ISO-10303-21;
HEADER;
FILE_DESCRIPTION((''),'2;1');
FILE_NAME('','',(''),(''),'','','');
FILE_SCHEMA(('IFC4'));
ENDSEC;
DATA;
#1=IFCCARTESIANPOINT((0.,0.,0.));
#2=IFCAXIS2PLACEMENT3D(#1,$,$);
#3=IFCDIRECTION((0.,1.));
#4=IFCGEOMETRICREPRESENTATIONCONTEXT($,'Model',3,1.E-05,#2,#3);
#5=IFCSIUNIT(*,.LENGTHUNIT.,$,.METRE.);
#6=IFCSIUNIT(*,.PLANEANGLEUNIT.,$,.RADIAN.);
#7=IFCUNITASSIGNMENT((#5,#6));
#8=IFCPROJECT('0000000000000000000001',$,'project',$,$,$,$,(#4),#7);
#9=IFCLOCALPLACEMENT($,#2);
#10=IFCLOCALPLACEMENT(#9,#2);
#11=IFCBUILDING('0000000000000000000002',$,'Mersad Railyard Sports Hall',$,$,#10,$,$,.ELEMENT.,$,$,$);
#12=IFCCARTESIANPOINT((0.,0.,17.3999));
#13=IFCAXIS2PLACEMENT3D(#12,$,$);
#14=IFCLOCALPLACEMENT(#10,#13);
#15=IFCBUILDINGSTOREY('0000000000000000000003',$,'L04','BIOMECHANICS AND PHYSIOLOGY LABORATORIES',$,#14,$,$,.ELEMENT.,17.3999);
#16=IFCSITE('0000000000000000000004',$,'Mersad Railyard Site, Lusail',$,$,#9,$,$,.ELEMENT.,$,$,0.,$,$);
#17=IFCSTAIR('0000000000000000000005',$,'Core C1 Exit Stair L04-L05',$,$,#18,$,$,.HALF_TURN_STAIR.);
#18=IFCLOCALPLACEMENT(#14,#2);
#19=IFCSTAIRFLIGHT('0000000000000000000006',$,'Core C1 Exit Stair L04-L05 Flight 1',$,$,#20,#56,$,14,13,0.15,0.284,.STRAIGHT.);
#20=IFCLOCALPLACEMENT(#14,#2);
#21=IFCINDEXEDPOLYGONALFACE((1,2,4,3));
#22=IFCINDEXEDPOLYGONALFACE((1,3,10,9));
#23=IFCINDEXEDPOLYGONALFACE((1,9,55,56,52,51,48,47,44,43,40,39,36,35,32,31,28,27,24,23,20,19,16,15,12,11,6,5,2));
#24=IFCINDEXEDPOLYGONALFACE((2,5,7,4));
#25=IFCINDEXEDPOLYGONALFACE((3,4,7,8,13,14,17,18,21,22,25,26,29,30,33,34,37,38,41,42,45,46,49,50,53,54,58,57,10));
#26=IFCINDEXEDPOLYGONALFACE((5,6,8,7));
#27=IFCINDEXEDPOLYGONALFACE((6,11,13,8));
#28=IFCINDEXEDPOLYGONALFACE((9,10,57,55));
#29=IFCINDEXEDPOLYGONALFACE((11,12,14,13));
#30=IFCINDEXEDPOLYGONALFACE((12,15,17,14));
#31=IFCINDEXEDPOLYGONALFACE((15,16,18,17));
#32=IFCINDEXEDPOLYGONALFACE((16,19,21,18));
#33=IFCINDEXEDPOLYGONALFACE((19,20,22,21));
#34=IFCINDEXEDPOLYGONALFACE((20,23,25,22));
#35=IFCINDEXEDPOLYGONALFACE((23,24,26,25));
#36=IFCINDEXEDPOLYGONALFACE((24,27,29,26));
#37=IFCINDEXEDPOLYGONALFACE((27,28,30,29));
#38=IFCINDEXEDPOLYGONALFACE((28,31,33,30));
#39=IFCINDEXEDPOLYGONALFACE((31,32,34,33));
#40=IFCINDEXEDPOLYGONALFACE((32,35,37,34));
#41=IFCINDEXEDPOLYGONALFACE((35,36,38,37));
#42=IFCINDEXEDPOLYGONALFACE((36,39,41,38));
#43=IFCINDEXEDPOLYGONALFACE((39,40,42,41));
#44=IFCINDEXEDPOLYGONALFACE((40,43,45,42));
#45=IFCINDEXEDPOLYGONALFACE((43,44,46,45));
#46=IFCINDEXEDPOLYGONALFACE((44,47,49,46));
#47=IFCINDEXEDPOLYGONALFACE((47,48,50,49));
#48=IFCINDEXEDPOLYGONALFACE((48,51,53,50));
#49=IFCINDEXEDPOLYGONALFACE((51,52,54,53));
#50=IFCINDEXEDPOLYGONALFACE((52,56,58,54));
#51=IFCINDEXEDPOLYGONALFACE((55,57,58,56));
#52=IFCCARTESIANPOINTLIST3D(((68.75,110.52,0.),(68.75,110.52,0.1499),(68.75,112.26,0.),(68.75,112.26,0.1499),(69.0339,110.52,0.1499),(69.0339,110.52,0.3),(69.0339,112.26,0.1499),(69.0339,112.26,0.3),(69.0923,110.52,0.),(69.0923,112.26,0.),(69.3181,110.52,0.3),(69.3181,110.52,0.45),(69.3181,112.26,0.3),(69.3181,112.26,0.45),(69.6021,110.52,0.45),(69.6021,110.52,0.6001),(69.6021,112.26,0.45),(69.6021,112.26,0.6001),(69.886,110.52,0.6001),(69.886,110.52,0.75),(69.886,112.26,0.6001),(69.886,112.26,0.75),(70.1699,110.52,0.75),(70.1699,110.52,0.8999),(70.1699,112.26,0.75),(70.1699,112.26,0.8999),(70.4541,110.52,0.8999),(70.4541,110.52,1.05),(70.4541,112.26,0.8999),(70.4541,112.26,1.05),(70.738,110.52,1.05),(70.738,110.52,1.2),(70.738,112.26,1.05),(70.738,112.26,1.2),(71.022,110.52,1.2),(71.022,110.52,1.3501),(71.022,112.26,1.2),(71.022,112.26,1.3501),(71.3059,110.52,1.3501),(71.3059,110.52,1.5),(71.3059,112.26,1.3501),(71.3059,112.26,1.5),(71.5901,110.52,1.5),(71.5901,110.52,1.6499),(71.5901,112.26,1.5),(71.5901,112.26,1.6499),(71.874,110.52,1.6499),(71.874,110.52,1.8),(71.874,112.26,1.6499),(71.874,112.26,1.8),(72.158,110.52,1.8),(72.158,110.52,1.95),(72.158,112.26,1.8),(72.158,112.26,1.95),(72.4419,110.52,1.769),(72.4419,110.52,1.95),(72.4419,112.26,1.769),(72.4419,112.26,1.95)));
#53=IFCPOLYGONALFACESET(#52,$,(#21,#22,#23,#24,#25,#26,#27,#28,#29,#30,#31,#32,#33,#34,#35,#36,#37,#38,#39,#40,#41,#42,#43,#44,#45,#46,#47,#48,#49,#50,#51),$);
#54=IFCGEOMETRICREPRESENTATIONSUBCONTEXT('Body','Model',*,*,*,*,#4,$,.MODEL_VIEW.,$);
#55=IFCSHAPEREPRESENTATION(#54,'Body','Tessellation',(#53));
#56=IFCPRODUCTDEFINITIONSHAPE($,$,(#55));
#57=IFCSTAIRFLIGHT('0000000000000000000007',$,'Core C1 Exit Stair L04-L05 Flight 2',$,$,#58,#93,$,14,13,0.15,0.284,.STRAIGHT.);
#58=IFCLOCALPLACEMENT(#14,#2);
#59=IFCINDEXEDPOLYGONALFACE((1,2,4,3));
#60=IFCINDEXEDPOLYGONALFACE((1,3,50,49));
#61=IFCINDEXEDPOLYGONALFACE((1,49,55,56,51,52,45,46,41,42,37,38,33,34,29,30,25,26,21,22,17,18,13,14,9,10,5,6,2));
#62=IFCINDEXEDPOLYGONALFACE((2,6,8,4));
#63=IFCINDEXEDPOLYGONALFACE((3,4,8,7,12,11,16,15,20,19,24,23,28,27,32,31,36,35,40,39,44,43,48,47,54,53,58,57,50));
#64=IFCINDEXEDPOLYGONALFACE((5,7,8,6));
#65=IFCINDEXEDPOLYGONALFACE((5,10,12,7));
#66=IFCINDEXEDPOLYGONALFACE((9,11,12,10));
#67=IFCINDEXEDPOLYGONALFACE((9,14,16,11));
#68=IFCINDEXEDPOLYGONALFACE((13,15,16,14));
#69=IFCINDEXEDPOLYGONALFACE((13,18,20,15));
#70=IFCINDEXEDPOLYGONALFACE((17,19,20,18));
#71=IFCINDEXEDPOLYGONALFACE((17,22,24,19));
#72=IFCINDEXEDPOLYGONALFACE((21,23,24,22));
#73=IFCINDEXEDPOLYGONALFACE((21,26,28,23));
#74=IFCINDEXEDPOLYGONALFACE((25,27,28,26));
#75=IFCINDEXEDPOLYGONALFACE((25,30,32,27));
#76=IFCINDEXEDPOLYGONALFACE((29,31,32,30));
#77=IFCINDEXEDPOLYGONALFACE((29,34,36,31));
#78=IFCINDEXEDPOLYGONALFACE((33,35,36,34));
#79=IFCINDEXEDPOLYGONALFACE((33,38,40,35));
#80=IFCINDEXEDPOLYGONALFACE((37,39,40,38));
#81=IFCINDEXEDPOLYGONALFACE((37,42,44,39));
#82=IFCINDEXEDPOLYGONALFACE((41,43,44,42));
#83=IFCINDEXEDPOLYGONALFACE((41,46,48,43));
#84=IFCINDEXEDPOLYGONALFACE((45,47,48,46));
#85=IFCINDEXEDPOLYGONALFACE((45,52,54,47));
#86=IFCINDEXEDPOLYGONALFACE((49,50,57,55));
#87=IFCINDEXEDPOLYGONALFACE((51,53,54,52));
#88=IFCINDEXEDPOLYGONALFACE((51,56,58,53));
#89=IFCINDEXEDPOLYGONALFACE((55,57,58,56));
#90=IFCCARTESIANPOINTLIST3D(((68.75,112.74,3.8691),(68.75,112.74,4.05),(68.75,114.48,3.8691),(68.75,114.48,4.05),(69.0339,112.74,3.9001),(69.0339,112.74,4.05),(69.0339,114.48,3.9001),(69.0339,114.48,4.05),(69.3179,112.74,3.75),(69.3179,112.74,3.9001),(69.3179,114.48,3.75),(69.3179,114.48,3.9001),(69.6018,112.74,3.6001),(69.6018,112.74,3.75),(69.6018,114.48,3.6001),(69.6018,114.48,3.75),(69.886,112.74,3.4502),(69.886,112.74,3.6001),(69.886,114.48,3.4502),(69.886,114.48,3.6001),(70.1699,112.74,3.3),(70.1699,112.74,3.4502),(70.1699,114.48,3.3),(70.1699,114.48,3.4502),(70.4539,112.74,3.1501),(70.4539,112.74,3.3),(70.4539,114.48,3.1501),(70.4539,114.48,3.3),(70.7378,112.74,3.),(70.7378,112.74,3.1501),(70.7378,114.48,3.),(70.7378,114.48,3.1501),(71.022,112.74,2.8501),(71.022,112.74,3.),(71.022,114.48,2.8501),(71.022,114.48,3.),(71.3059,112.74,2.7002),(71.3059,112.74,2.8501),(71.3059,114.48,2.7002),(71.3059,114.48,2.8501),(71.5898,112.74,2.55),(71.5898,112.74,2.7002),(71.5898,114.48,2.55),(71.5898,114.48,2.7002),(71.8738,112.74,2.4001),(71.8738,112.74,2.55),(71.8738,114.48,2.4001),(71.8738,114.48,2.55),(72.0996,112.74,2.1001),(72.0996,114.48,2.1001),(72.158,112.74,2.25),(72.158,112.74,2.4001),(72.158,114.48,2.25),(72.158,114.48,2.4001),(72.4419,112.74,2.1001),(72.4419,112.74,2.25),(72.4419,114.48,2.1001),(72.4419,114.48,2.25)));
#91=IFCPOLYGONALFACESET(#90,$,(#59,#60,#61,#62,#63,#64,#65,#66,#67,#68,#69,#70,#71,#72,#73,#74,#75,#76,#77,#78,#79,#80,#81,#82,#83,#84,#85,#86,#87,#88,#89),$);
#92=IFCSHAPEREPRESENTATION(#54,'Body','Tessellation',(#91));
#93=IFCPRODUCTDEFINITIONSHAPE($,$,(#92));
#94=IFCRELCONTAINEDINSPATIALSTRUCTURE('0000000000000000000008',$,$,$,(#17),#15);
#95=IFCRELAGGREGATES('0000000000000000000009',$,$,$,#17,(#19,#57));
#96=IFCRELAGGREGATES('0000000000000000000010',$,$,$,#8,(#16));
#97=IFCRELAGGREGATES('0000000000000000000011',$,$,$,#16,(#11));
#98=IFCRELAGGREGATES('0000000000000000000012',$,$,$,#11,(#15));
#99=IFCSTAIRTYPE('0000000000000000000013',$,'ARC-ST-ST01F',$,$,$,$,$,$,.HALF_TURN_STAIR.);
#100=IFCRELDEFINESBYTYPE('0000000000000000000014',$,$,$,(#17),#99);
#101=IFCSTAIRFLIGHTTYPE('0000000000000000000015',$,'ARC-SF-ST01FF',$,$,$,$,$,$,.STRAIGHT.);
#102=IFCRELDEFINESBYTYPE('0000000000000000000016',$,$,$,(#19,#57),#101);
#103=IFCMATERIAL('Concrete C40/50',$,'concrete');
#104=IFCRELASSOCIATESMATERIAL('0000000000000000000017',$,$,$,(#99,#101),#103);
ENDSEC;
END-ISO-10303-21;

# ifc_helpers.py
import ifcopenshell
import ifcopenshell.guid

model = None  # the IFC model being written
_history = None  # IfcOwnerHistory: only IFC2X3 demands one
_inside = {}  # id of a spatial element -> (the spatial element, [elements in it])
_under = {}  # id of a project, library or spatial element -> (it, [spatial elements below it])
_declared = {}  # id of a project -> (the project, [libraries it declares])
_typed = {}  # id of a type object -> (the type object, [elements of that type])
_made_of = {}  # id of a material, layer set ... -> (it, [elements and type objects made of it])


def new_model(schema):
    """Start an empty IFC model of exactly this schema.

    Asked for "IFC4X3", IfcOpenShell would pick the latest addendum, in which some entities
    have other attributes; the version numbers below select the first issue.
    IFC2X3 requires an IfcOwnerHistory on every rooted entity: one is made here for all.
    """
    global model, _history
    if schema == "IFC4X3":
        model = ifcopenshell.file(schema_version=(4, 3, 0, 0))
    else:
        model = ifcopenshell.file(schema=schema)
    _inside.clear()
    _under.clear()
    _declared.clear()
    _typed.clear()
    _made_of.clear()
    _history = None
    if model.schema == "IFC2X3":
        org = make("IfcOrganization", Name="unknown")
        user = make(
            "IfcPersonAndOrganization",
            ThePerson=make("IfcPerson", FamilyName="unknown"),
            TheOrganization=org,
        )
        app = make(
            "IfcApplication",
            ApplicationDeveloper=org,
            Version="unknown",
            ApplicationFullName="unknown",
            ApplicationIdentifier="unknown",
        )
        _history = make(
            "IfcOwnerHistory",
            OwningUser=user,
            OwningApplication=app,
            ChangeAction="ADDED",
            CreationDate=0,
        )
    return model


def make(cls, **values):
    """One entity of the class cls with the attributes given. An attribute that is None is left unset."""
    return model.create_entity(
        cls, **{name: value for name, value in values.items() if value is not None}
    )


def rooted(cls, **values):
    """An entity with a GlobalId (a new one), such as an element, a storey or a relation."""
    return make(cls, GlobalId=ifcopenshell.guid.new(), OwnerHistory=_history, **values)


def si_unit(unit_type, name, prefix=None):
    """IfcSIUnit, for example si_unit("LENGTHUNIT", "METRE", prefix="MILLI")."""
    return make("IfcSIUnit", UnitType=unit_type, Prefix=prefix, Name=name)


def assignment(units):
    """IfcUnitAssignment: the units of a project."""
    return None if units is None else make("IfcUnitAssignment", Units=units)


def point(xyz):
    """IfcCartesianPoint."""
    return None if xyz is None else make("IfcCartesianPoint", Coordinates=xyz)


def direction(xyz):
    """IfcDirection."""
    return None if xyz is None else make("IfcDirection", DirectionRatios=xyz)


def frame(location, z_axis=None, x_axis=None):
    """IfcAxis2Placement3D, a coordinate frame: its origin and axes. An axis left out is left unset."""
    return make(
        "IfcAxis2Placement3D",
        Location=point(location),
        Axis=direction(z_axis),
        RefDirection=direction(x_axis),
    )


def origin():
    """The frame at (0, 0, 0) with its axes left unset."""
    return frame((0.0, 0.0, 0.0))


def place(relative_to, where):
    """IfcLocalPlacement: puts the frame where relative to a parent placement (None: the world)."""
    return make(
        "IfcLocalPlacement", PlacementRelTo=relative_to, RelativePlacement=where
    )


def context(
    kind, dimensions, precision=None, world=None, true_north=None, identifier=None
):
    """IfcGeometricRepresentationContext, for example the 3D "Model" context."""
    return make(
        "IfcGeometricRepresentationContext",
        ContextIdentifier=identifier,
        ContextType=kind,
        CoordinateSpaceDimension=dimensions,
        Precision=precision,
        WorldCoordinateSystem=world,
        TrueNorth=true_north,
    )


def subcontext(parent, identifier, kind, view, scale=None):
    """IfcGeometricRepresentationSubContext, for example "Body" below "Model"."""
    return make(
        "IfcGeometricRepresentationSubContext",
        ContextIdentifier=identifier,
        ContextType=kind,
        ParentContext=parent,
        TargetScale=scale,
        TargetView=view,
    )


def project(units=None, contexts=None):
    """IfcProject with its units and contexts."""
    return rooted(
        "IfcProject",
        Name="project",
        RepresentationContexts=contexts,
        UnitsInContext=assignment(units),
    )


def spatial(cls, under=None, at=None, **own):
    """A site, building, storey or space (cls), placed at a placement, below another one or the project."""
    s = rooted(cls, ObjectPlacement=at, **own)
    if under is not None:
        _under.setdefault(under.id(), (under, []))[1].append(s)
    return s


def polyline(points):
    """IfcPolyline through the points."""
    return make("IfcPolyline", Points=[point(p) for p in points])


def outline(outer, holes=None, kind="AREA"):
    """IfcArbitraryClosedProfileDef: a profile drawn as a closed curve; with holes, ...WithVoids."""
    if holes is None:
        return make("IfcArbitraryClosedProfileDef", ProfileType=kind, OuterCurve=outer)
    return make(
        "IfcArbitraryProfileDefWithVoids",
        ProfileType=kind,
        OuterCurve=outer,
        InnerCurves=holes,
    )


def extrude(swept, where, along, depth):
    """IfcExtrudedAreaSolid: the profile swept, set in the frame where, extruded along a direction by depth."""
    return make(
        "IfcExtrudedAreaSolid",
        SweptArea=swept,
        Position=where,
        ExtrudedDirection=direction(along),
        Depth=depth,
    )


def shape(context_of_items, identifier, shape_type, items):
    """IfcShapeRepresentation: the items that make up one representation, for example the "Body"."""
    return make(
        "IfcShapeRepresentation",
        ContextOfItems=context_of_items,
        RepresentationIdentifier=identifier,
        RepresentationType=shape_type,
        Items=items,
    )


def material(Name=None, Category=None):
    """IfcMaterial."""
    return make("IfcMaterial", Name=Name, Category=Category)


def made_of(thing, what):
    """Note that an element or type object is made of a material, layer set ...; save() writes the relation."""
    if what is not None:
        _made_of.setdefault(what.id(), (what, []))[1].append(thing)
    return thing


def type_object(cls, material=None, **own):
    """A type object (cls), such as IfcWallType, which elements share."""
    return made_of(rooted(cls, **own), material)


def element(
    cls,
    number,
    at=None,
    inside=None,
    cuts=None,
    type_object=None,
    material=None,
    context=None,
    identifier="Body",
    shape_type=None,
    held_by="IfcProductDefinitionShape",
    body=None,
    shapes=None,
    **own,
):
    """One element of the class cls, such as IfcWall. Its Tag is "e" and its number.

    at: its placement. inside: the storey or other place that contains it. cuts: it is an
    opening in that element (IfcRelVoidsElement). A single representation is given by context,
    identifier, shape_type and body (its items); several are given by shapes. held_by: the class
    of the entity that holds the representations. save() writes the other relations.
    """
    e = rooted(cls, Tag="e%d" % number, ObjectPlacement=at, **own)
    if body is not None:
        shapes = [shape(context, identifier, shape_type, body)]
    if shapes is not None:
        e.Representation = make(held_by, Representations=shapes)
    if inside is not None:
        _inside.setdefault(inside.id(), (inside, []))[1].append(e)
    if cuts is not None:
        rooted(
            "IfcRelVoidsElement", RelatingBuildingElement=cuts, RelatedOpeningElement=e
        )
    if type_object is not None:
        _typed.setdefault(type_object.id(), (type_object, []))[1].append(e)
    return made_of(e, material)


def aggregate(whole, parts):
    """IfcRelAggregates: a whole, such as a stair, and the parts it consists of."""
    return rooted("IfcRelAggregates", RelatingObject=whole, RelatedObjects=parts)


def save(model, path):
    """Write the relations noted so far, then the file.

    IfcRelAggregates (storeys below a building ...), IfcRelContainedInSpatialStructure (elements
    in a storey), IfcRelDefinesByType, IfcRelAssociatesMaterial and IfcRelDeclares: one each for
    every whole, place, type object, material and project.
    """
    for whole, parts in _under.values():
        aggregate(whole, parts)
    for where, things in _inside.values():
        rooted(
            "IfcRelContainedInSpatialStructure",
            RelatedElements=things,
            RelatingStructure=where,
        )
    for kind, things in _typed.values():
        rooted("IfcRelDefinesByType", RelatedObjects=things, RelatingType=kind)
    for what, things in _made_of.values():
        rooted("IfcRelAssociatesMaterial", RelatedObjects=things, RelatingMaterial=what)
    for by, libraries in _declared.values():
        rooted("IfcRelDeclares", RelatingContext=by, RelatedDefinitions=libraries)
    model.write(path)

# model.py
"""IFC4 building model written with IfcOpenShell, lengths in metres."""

from ifc_helpers import new_model, si_unit, direction, frame, origin, place, context, subcontext, project, spatial, polyline, outline, extrude, material, type_object, element, aggregate, save


model = new_model("IFC4")

# Units and contexts
model_context = context("Model", 3, precision=1e-05, world=origin(), true_north=direction((0.0, 1.0)))
body_context = subcontext(model_context, "Body", "Model", "MODEL_VIEW")
ifc_project = project(units=[si_unit("LENGTHUNIT", "METRE"), si_unit("PLANEANGLEUNIT", "RADIAN")], contexts=[model_context])

# Site, building, storey
site_placement = place(None, origin())
site = spatial("IfcSite", under=ifc_project, at=site_placement, Name="Mersad Railyard Site, Lusail", CompositionType="ELEMENT", RefElevation=0.0)
building_placement = place(site_placement, origin())
building = spatial("IfcBuilding", under=site, at=building_placement, Name="Mersad Railyard Sports Hall", CompositionType="ELEMENT")
storey_placement = place(building_placement, frame((0.0, 0.0, 17.3999)))
storey = spatial("IfcBuildingStorey", under=building, at=storey_placement, Name="L04", Description="BIOMECHANICS AND PHYSIOLOGY LABORATORIES", CompositionType="ELEMENT", Elevation=17.3999)

# Shared definitions
ifc_material_1 = material(Name="Concrete C40/50", Category="concrete")

# Stair, stair flights
stair_type = type_object("IfcStairType", Name="ARC-ST-ST01F", PredefinedType="HALF_TURN_STAIR", material=ifc_material_1)
stair_placement = place(storey_placement, origin())
stair = element("IfcStair", 1, at=stair_placement, inside=storey, type_object=stair_type, Name="Core C1 Exit Stair L04-L05", PredefinedType="HALF_TURN_STAIR")
stair_flight_type = type_object("IfcStairFlightType", Name="ARC-SF-ST01FF", PredefinedType="STRAIGHT", material=ifc_material_1)
stair_flight_1_placement = place(storey_placement, frame((68.75, 111.3899, 0.0), z_axis=(0.0, 0.0, 1.0), x_axis=(1.0, 0.0, 0.0)))
stair_flight_1 = element("IfcStairFlight", 2, at=stair_flight_1_placement, type_object=stair_flight_type, Name="Core C1 Exit Stair L04-L05 Flight 1", NumberOfRisers=14, NumberOfTreads=13, PredefinedType="STRAIGHT", RiserHeight=0.15, TreadLength=0.284, context=body_context, shape_type="SweptSolid", body=[
    extrude(outline(polyline([(0.0, 0.0), (0.0, 0.1499), (0.2839, 0.1499), (0.2839, 0.3), (0.5681, 0.3), (0.5681, 0.45), (0.8521, 0.45), (0.8521, 0.6001), (1.136, 0.6001), (1.136, 0.75), (1.4199, 0.75), (1.4199, 0.8999), (1.7041, 0.8999), (1.7041, 1.05), (1.988, 1.05), (1.988, 1.2), (2.272, 1.2), (2.272, 1.3501), (2.5559, 1.3501), (2.5559, 1.5), (2.8401, 1.5), (2.8401, 1.6499), (3.124, 1.6499), (3.124, 1.8), (3.408, 1.8), (3.408, 1.95), (3.6919, 1.95), (3.6919, 2.1001), (3.6919, 1.769), (0.3423, 0.0), (0.0, 0.0)])), frame((0.0, 0.8701, 0.0), z_axis=(0.0, -1.0, 0.0), x_axis=(1.0, 0.0, 0.0)), (0.0, 0.0, 1.0), 1.74),
])
stair_flight_2_placement = place(storey_placement, frame((72.4419, 113.6101, 2.1001), z_axis=(0.0, 0.0, 1.0), x_axis=(-1.0, 0.0, 0.0)))
stair_flight_2 = element("IfcStairFlight", 3, at=stair_flight_2_placement, type_object=stair_flight_type, Name="Core C1 Exit Stair L04-L05 Flight 2", NumberOfRisers=14, NumberOfTreads=13, PredefinedType="STRAIGHT", RiserHeight=0.15, TreadLength=0.284, context=body_context, shape_type="SweptSolid", body=[
    extrude(outline(polyline([(0.0, 0.0), (0.0, 0.1499), (0.2839, 0.1499), (0.2839, 0.3), (0.5681, 0.3), (0.5681, 0.45), (0.8521, 0.45), (0.8521, 0.6001), (1.136, 0.6001), (1.136, 0.75), (1.4199, 0.75), (1.4199, 0.8999), (1.7041, 0.8999), (1.7041, 1.05), (1.988, 1.05), (1.988, 1.2), (2.272, 1.2), (2.272, 1.3501), (2.5559, 1.3501), (2.5559, 1.5), (2.8401, 1.5), (2.8401, 1.6499), (3.124, 1.6499), (3.124, 1.8), (3.408, 1.8), (3.408, 1.95), (3.6919, 1.95), (3.6919, 2.1001), (3.6919, 1.769), (0.3423, 0.0), (0.0, 0.0)])), frame((0.0, 0.8701, 0.0), z_axis=(0.0, -1.0, 0.0), x_axis=(1.0, 0.0, 0.0)), (0.0, 0.0, 1.0), 1.74),
])
aggregate(stair, [stair_flight_1, stair_flight_2])

save(model, "model.ifc")
